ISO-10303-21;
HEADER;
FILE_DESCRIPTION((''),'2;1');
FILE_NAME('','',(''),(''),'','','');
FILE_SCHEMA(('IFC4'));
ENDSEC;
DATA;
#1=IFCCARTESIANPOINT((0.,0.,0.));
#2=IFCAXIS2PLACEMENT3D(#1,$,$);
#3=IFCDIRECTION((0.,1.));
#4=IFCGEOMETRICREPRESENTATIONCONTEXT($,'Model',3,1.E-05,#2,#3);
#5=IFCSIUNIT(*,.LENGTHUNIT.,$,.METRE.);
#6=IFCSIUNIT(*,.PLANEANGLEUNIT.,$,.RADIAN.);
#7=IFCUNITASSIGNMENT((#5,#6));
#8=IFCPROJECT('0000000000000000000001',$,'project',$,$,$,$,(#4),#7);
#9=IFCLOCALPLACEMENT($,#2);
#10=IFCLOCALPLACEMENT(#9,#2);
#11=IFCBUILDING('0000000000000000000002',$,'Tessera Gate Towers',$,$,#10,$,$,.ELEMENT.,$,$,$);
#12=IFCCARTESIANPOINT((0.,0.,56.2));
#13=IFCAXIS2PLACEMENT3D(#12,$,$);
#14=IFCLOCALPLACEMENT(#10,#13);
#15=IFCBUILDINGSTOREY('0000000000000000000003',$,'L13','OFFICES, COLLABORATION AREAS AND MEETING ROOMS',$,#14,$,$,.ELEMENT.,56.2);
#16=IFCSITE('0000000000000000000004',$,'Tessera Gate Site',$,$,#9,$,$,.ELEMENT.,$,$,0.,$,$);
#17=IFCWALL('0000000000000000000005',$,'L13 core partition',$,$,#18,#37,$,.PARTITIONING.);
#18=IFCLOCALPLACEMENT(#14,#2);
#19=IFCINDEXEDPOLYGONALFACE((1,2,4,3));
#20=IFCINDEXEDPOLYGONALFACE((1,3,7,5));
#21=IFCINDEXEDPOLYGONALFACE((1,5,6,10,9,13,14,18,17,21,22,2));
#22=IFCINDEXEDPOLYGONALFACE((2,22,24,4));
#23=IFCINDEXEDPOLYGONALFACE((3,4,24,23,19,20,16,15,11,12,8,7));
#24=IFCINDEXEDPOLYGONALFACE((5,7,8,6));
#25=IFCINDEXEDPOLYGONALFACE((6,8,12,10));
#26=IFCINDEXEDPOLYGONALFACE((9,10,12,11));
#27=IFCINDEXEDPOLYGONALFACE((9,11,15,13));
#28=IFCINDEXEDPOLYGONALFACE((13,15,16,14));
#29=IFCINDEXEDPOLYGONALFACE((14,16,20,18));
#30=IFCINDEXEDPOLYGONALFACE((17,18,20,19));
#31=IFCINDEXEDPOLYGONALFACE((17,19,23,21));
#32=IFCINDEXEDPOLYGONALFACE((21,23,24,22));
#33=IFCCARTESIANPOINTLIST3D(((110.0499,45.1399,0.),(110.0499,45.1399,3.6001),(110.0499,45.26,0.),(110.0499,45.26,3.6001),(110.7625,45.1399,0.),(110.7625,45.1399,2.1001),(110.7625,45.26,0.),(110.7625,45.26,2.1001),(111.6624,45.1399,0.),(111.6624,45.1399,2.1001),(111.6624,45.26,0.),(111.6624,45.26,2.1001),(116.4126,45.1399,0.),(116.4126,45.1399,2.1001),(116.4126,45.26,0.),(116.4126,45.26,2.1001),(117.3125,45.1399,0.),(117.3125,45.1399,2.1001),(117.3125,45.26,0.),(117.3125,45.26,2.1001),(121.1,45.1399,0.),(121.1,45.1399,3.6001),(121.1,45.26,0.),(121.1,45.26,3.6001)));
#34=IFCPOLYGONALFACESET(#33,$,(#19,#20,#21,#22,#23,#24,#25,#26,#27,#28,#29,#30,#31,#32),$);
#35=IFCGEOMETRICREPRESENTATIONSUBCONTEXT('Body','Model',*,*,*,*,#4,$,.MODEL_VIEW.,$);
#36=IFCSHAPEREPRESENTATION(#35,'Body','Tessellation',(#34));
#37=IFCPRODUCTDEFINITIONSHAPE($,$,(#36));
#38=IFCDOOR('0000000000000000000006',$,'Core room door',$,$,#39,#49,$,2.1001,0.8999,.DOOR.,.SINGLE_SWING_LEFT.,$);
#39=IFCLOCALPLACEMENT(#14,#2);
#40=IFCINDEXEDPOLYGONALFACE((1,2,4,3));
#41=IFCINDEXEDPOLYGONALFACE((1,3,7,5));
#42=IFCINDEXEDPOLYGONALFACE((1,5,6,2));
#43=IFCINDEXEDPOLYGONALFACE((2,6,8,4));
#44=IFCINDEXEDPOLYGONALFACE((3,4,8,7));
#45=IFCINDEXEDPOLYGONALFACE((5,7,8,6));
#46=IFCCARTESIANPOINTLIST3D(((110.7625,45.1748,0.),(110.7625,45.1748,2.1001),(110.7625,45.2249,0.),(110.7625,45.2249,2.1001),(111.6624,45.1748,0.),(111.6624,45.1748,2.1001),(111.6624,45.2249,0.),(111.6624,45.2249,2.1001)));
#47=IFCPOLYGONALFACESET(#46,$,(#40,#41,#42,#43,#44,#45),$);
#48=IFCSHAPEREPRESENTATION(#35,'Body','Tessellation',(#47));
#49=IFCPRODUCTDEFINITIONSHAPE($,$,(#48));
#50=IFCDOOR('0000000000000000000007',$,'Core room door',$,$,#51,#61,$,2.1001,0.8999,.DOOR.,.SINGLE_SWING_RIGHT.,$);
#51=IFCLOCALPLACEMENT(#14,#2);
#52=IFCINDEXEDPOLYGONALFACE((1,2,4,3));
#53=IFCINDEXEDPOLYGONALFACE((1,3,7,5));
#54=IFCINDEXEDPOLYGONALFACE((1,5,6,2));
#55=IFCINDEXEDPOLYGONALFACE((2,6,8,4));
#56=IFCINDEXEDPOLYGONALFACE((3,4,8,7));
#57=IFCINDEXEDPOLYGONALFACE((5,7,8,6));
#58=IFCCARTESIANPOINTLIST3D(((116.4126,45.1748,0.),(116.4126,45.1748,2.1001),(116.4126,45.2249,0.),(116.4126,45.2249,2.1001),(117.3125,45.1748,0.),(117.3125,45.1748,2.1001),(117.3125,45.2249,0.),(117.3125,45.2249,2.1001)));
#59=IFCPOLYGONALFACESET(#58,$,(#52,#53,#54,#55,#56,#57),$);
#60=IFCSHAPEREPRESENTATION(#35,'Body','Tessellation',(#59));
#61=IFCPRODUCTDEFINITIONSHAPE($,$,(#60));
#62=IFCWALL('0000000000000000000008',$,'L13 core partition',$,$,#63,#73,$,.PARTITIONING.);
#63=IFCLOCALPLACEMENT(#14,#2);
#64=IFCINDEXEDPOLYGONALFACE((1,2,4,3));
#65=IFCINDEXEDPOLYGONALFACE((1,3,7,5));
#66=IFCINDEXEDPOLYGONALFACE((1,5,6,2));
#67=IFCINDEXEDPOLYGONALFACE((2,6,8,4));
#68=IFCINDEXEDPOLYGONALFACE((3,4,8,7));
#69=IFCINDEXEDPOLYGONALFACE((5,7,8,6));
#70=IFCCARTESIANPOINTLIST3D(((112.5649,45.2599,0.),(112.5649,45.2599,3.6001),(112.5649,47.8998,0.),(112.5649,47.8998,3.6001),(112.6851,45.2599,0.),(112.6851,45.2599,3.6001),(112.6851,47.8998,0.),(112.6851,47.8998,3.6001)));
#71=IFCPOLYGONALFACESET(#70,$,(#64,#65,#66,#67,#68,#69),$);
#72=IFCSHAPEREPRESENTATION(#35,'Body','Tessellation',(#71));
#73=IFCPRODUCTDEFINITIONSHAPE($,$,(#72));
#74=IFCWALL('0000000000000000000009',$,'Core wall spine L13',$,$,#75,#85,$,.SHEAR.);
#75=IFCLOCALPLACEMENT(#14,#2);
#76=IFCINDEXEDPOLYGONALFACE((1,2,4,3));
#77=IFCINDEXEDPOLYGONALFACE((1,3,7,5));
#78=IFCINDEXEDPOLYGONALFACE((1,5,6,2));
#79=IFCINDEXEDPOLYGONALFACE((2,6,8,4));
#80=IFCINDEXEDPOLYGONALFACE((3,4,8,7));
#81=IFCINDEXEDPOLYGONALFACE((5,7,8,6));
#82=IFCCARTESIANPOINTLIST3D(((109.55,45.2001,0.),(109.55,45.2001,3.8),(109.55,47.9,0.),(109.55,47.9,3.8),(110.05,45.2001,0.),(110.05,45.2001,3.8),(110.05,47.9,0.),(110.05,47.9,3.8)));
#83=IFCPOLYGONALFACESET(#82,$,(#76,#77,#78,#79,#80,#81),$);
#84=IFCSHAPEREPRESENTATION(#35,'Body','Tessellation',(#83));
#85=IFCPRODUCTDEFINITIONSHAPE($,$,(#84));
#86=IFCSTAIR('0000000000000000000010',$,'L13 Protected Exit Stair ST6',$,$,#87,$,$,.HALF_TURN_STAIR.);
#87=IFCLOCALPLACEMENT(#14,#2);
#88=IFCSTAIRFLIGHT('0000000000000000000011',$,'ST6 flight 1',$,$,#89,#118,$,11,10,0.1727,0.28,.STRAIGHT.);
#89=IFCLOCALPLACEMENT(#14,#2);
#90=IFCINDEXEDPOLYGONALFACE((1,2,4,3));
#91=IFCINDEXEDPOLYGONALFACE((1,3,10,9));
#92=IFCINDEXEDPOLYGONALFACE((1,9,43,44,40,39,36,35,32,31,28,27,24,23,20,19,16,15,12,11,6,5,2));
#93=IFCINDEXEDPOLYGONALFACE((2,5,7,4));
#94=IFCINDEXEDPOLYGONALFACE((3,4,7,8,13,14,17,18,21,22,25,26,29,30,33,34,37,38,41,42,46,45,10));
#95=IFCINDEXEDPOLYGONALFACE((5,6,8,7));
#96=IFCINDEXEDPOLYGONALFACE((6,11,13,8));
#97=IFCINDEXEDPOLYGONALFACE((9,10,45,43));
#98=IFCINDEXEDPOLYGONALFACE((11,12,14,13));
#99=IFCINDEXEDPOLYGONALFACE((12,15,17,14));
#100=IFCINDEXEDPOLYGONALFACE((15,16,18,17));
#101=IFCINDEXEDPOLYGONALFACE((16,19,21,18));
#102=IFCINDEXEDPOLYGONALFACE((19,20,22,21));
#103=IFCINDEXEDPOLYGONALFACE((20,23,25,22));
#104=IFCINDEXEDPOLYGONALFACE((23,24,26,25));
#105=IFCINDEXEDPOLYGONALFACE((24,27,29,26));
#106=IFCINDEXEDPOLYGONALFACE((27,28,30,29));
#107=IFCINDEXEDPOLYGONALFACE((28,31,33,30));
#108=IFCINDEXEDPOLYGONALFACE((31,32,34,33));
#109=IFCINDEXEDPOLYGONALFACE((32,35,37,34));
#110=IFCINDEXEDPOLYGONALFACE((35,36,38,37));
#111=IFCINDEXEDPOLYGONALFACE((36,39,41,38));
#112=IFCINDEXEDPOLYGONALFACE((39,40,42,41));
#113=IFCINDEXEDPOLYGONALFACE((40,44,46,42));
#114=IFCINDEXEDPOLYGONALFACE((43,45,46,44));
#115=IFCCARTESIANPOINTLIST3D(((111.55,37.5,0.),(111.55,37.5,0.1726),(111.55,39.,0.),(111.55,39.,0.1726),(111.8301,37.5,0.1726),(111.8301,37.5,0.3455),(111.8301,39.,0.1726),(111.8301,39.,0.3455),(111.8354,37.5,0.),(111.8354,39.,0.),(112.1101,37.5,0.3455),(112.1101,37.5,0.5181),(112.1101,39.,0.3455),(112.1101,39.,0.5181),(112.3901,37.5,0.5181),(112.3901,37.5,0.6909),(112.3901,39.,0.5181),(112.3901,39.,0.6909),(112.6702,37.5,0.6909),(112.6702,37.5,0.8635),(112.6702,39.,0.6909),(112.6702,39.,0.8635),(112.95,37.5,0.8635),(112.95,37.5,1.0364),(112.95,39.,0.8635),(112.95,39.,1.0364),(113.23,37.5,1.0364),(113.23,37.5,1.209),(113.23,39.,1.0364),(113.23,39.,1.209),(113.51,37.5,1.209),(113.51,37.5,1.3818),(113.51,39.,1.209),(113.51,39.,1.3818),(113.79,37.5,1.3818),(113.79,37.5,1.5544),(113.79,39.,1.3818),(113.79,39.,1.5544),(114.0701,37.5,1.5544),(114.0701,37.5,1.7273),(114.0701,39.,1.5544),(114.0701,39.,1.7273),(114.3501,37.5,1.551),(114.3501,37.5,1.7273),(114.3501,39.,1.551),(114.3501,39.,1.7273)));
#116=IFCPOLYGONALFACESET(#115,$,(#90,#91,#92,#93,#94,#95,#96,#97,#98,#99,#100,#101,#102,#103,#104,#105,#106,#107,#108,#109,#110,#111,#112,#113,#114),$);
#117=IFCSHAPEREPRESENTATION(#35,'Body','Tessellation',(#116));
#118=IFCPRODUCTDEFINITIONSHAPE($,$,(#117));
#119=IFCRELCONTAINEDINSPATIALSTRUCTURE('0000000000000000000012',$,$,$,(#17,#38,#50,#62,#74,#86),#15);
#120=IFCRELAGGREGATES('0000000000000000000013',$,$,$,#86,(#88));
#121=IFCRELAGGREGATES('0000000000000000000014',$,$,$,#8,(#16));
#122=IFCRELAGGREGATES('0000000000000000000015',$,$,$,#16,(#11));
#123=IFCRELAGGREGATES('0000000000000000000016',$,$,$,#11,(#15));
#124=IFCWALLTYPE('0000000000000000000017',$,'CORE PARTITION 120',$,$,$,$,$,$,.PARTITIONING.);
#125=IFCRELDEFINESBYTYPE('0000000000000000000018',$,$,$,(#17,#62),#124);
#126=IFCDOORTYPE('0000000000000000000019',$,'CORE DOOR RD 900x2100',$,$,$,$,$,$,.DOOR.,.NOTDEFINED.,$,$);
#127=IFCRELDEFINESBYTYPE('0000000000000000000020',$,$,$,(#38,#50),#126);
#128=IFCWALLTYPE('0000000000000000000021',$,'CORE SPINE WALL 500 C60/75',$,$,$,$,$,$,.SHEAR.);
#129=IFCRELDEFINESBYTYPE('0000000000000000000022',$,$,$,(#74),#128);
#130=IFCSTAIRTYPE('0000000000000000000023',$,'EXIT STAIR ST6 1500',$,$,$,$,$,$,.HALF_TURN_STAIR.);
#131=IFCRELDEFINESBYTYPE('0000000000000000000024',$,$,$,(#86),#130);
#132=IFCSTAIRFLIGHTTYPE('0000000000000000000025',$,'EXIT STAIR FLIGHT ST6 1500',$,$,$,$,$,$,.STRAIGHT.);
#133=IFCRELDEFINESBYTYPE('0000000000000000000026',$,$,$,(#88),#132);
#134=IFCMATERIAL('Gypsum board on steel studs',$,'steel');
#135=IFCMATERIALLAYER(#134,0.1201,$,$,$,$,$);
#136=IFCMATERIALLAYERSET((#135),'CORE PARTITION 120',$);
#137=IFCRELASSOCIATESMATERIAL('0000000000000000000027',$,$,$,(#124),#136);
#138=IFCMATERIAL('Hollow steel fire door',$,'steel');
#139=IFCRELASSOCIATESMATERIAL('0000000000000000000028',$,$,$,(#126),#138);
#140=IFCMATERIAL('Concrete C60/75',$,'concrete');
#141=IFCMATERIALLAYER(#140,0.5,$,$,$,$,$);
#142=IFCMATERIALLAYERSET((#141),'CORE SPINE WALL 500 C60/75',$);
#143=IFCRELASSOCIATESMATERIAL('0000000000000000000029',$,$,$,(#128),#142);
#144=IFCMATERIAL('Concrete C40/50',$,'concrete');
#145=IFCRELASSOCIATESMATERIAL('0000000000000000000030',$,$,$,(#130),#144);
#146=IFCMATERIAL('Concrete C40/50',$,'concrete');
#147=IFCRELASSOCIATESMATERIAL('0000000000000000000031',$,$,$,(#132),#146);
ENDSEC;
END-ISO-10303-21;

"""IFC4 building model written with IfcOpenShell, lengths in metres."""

from ifc_helpers import new_model, si_unit, direction, frame, frame_2d, origin, place, context, subcontext, project, spatial, polyline, rectangle, outline, extrude, source, transform, mapped, material, layer, layer_set, type_object, element, fill, aggregate, save


model = new_model("IFC4")

# Units and contexts
model_context = context("Model", 3, precision=1e-05, world=origin(), true_north=direction((0.0, 1.0)))
body_context = subcontext(model_context, "Body", "Model", "MODEL_VIEW")
ifc_project = project(units=[si_unit("LENGTHUNIT", "METRE"), si_unit("PLANEANGLEUNIT", "RADIAN")], contexts=[model_context])

# Site, building, storey
site_placement = place(None, origin())
site = spatial("IfcSite", under=ifc_project, at=site_placement, Name="Tessera Gate Site", CompositionType="ELEMENT", RefElevation=0.0)
building_placement = place(site_placement, origin())
building = spatial("IfcBuilding", under=site, at=building_placement, Name="Tessera Gate Towers", CompositionType="ELEMENT")
storey_placement = place(building_placement, frame((0.0, 0.0, 56.2)))
storey = spatial("IfcBuildingStorey", under=building, at=storey_placement, Name="L13", Description="OFFICES, COLLABORATION AREAS AND MEETING ROOMS", CompositionType="ELEMENT", Elevation=56.2)

# Wall, openings, doors
ifc_material_1 = material(Name="Gypsum board on steel studs", Category="steel")
ifc_layer_1 = layer(ifc_material_1, 0.1201)
ifc_layer_set_1 = layer_set([ifc_layer_1], Name="CORE PARTITION 120")
wall_type_1 = type_object("IfcWallType", Name="CORE PARTITION 120", PredefinedType="PARTITIONING", material=ifc_layer_set_1)
wall_1_placement = place(storey_placement, frame((110.05, 45.2, 0.0), z_axis=(0.0, 0.0, 1.0), x_axis=(1.0, 0.0, 0.0)))
wall_1 = element("IfcWall", 1, at=wall_1_placement, inside=storey, type_object=wall_type_1, Name="L13 core partition", PredefinedType="PARTITIONING", context=body_context, shape_type="SweptSolid", body=[
    extrude(rectangle(XDim=11.05, YDim=0.1201, at=frame_2d((5.5249, 0.0))), origin(), (0.0, 0.0, 1.0), 3.6001),
])
shared_shape_1 = source(origin(), body_context, "Body", "SweptSolid", [
    extrude(rectangle(XDim=0.8999, YDim=2.1001, at=frame_2d((0.45, 1.05))), frame((0.0, 0.0701, 0.0), z_axis=(0.0, -1.0, 0.0), x_axis=(1.0, 0.0, 0.0)), (0.0, 0.0, 1.0), 0.1401),
])
opening_1_placement = place(wall_1_placement, frame((0.7124, 0.0, 0.0)))
opening_1 = element("IfcOpeningElement", 2, at=opening_1_placement, cuts=wall_1, PredefinedType="OPENING", context=body_context, shape_type="MappedRepresentation", body=[
    mapped(shared_shape_1, transform((0.0, 0.0, 0.0), scale=1.0)),
])
opening_2_placement = place(wall_1_placement, frame((6.3625, 0.0, 0.0)))
opening_2 = element("IfcOpeningElement", 3, at=opening_2_placement, cuts=wall_1, PredefinedType="OPENING", context=body_context, shape_type="MappedRepresentation", body=[
    mapped(shared_shape_1, transform((0.0, 0.0, 0.0), scale=1.0)),
])
ifc_material_2 = material(Name="Hollow steel fire door", Category="steel")
door_type_1 = type_object("IfcDoorType", Name="CORE DOOR RD 900x2100", OperationType="NOTDEFINED", PredefinedType="DOOR", material=ifc_material_2)
shared_shape_2 = source(origin(), body_context, "Body", "SweptSolid", [
    extrude(rectangle(XDim=0.8999, YDim=2.1001, at=frame_2d((0.45, 1.05))), frame((0.0, 0.0249, 0.0), z_axis=(0.0, -1.0, 0.0), x_axis=(1.0, 0.0, 0.0)), (0.0, 0.0, 1.0), 0.05),
])
door_1_placement = place(opening_1_placement, origin())
door_1 = element("IfcDoor", 4, at=door_1_placement, inside=storey, type_object=door_type_1, Name="Core room door", OperationType="SINGLE_SWING_LEFT", OverallHeight=2.1001, OverallWidth=0.8999, PredefinedType="DOOR", context=body_context, shape_type="MappedRepresentation", body=[
    mapped(shared_shape_2, transform((0.0, 0.0, 0.0), scale=1.0)),
])
fill(opening_1, door_1)
door_2_placement = place(opening_2_placement, origin())
door_2 = element("IfcDoor", 5, at=door_2_placement, inside=storey, type_object=door_type_1, Name="Core room door", OperationType="SINGLE_SWING_RIGHT", OverallHeight=2.1001, OverallWidth=0.8999, PredefinedType="DOOR", context=body_context, shape_type="MappedRepresentation", body=[
    mapped(shared_shape_2, transform((0.0, 0.0, 0.0), scale=1.0)),
])
fill(opening_2, door_2)

# Walls
wall_2_placement = place(storey_placement, frame((112.625, 45.26, 0.0), z_axis=(0.0, 0.0, 1.0), x_axis=(0.0, 1.0, 0.0)))
element("IfcWall", 6, at=wall_2_placement, inside=storey, type_object=wall_type_1, Name="L13 core partition", PredefinedType="PARTITIONING", context=body_context, shape_type="SweptSolid", body=[
    extrude(rectangle(XDim=2.6399, YDim=0.1201, at=frame_2d((1.3198, 0.0))), origin(), (0.0, 0.0, 1.0), 3.6001),
])
ifc_material_3 = material(Name="Concrete C60/75", Category="concrete")
ifc_layer_2 = layer(ifc_material_3, 0.5)
ifc_layer_set_2 = layer_set([ifc_layer_2], Name="CORE SPINE WALL 500 C60/75")
wall_type_2 = type_object("IfcWallType", Name="CORE SPINE WALL 500 C60/75", PredefinedType="SHEAR", material=ifc_layer_set_2)
wall_3_placement = place(storey_placement, frame((109.8, 45.2, 0.0), z_axis=(0.0, 0.0, 1.0), x_axis=(0.0, 1.0, 0.0)))
element("IfcWall", 7, at=wall_3_placement, inside=storey, type_object=wall_type_2, Name="Core wall spine L13", PredefinedType="SHEAR", context=body_context, shape_type="SweptSolid", body=[
    extrude(rectangle(XDim=2.7, YDim=0.5, at=frame_2d((1.3501, 0.0))), origin(), (0.0, 0.0, 1.0), 3.8),
])

# Stair, stair flight
ifc_material_4 = material(Name="Concrete C40/50", Category="concrete")
stair_type = type_object("IfcStairType", Name="EXIT STAIR ST6 1500", PredefinedType="HALF_TURN_STAIR", material=ifc_material_4)
stair_placement = place(storey_placement, origin())
stair = element("IfcStair", 8, at=stair_placement, inside=storey, type_object=stair_type, Name="L13 Protected Exit Stair ST6", PredefinedType="HALF_TURN_STAIR")
ifc_material_5 = material(Name="Concrete C40/50", Category="concrete")
stair_flight_type = type_object("IfcStairFlightType", Name="EXIT STAIR FLIGHT ST6 1500", PredefinedType="STRAIGHT", material=ifc_material_5)
stair_flight_placement = place(storey_placement, frame((111.55, 38.25, 0.0), z_axis=(0.0, 0.0, 1.0), x_axis=(1.0, 0.0, 0.0)))
stair_flight = element("IfcStairFlight", 9, at=stair_flight_placement, type_object=stair_flight_type, Name="ST6 flight 1", NumberOfRisers=11, NumberOfTreads=10, PredefinedType="STRAIGHT", RiserHeight=0.1727, TreadLength=0.28, context=body_context, shape_type="SweptSolid", body=[
    extrude(outline(polyline([(0.0, 0.0), (0.0, 0.1726), (0.28, 0.1726), (0.28, 0.3455), (0.5601, 0.3455), (0.5601, 0.5181), (0.8401, 0.5181), (0.8401, 0.6909), (1.1201, 0.6909), (1.1201, 0.8635), (1.3999, 0.8635), (1.3999, 1.0364), (1.6799, 1.0364), (1.6799, 1.209), (1.96, 1.209), (1.96, 1.3818), (2.24, 1.3818), (2.24, 1.5544), (2.52, 1.5544), (2.52, 1.7273), (2.8, 1.7273), (2.8, 1.8999), (2.8, 1.551), (0.2854, 0.0), (0.0, 0.0)])), frame((0.0, 0.75, 0.0), z_axis=(0.0, -1.0, 0.0), x_axis=(1.0, 0.0, 0.0)), (0.0, 0.0, 1.0), 1.5),
])
aggregate(stair, [stair_flight])

save(model, "model.ifc")
